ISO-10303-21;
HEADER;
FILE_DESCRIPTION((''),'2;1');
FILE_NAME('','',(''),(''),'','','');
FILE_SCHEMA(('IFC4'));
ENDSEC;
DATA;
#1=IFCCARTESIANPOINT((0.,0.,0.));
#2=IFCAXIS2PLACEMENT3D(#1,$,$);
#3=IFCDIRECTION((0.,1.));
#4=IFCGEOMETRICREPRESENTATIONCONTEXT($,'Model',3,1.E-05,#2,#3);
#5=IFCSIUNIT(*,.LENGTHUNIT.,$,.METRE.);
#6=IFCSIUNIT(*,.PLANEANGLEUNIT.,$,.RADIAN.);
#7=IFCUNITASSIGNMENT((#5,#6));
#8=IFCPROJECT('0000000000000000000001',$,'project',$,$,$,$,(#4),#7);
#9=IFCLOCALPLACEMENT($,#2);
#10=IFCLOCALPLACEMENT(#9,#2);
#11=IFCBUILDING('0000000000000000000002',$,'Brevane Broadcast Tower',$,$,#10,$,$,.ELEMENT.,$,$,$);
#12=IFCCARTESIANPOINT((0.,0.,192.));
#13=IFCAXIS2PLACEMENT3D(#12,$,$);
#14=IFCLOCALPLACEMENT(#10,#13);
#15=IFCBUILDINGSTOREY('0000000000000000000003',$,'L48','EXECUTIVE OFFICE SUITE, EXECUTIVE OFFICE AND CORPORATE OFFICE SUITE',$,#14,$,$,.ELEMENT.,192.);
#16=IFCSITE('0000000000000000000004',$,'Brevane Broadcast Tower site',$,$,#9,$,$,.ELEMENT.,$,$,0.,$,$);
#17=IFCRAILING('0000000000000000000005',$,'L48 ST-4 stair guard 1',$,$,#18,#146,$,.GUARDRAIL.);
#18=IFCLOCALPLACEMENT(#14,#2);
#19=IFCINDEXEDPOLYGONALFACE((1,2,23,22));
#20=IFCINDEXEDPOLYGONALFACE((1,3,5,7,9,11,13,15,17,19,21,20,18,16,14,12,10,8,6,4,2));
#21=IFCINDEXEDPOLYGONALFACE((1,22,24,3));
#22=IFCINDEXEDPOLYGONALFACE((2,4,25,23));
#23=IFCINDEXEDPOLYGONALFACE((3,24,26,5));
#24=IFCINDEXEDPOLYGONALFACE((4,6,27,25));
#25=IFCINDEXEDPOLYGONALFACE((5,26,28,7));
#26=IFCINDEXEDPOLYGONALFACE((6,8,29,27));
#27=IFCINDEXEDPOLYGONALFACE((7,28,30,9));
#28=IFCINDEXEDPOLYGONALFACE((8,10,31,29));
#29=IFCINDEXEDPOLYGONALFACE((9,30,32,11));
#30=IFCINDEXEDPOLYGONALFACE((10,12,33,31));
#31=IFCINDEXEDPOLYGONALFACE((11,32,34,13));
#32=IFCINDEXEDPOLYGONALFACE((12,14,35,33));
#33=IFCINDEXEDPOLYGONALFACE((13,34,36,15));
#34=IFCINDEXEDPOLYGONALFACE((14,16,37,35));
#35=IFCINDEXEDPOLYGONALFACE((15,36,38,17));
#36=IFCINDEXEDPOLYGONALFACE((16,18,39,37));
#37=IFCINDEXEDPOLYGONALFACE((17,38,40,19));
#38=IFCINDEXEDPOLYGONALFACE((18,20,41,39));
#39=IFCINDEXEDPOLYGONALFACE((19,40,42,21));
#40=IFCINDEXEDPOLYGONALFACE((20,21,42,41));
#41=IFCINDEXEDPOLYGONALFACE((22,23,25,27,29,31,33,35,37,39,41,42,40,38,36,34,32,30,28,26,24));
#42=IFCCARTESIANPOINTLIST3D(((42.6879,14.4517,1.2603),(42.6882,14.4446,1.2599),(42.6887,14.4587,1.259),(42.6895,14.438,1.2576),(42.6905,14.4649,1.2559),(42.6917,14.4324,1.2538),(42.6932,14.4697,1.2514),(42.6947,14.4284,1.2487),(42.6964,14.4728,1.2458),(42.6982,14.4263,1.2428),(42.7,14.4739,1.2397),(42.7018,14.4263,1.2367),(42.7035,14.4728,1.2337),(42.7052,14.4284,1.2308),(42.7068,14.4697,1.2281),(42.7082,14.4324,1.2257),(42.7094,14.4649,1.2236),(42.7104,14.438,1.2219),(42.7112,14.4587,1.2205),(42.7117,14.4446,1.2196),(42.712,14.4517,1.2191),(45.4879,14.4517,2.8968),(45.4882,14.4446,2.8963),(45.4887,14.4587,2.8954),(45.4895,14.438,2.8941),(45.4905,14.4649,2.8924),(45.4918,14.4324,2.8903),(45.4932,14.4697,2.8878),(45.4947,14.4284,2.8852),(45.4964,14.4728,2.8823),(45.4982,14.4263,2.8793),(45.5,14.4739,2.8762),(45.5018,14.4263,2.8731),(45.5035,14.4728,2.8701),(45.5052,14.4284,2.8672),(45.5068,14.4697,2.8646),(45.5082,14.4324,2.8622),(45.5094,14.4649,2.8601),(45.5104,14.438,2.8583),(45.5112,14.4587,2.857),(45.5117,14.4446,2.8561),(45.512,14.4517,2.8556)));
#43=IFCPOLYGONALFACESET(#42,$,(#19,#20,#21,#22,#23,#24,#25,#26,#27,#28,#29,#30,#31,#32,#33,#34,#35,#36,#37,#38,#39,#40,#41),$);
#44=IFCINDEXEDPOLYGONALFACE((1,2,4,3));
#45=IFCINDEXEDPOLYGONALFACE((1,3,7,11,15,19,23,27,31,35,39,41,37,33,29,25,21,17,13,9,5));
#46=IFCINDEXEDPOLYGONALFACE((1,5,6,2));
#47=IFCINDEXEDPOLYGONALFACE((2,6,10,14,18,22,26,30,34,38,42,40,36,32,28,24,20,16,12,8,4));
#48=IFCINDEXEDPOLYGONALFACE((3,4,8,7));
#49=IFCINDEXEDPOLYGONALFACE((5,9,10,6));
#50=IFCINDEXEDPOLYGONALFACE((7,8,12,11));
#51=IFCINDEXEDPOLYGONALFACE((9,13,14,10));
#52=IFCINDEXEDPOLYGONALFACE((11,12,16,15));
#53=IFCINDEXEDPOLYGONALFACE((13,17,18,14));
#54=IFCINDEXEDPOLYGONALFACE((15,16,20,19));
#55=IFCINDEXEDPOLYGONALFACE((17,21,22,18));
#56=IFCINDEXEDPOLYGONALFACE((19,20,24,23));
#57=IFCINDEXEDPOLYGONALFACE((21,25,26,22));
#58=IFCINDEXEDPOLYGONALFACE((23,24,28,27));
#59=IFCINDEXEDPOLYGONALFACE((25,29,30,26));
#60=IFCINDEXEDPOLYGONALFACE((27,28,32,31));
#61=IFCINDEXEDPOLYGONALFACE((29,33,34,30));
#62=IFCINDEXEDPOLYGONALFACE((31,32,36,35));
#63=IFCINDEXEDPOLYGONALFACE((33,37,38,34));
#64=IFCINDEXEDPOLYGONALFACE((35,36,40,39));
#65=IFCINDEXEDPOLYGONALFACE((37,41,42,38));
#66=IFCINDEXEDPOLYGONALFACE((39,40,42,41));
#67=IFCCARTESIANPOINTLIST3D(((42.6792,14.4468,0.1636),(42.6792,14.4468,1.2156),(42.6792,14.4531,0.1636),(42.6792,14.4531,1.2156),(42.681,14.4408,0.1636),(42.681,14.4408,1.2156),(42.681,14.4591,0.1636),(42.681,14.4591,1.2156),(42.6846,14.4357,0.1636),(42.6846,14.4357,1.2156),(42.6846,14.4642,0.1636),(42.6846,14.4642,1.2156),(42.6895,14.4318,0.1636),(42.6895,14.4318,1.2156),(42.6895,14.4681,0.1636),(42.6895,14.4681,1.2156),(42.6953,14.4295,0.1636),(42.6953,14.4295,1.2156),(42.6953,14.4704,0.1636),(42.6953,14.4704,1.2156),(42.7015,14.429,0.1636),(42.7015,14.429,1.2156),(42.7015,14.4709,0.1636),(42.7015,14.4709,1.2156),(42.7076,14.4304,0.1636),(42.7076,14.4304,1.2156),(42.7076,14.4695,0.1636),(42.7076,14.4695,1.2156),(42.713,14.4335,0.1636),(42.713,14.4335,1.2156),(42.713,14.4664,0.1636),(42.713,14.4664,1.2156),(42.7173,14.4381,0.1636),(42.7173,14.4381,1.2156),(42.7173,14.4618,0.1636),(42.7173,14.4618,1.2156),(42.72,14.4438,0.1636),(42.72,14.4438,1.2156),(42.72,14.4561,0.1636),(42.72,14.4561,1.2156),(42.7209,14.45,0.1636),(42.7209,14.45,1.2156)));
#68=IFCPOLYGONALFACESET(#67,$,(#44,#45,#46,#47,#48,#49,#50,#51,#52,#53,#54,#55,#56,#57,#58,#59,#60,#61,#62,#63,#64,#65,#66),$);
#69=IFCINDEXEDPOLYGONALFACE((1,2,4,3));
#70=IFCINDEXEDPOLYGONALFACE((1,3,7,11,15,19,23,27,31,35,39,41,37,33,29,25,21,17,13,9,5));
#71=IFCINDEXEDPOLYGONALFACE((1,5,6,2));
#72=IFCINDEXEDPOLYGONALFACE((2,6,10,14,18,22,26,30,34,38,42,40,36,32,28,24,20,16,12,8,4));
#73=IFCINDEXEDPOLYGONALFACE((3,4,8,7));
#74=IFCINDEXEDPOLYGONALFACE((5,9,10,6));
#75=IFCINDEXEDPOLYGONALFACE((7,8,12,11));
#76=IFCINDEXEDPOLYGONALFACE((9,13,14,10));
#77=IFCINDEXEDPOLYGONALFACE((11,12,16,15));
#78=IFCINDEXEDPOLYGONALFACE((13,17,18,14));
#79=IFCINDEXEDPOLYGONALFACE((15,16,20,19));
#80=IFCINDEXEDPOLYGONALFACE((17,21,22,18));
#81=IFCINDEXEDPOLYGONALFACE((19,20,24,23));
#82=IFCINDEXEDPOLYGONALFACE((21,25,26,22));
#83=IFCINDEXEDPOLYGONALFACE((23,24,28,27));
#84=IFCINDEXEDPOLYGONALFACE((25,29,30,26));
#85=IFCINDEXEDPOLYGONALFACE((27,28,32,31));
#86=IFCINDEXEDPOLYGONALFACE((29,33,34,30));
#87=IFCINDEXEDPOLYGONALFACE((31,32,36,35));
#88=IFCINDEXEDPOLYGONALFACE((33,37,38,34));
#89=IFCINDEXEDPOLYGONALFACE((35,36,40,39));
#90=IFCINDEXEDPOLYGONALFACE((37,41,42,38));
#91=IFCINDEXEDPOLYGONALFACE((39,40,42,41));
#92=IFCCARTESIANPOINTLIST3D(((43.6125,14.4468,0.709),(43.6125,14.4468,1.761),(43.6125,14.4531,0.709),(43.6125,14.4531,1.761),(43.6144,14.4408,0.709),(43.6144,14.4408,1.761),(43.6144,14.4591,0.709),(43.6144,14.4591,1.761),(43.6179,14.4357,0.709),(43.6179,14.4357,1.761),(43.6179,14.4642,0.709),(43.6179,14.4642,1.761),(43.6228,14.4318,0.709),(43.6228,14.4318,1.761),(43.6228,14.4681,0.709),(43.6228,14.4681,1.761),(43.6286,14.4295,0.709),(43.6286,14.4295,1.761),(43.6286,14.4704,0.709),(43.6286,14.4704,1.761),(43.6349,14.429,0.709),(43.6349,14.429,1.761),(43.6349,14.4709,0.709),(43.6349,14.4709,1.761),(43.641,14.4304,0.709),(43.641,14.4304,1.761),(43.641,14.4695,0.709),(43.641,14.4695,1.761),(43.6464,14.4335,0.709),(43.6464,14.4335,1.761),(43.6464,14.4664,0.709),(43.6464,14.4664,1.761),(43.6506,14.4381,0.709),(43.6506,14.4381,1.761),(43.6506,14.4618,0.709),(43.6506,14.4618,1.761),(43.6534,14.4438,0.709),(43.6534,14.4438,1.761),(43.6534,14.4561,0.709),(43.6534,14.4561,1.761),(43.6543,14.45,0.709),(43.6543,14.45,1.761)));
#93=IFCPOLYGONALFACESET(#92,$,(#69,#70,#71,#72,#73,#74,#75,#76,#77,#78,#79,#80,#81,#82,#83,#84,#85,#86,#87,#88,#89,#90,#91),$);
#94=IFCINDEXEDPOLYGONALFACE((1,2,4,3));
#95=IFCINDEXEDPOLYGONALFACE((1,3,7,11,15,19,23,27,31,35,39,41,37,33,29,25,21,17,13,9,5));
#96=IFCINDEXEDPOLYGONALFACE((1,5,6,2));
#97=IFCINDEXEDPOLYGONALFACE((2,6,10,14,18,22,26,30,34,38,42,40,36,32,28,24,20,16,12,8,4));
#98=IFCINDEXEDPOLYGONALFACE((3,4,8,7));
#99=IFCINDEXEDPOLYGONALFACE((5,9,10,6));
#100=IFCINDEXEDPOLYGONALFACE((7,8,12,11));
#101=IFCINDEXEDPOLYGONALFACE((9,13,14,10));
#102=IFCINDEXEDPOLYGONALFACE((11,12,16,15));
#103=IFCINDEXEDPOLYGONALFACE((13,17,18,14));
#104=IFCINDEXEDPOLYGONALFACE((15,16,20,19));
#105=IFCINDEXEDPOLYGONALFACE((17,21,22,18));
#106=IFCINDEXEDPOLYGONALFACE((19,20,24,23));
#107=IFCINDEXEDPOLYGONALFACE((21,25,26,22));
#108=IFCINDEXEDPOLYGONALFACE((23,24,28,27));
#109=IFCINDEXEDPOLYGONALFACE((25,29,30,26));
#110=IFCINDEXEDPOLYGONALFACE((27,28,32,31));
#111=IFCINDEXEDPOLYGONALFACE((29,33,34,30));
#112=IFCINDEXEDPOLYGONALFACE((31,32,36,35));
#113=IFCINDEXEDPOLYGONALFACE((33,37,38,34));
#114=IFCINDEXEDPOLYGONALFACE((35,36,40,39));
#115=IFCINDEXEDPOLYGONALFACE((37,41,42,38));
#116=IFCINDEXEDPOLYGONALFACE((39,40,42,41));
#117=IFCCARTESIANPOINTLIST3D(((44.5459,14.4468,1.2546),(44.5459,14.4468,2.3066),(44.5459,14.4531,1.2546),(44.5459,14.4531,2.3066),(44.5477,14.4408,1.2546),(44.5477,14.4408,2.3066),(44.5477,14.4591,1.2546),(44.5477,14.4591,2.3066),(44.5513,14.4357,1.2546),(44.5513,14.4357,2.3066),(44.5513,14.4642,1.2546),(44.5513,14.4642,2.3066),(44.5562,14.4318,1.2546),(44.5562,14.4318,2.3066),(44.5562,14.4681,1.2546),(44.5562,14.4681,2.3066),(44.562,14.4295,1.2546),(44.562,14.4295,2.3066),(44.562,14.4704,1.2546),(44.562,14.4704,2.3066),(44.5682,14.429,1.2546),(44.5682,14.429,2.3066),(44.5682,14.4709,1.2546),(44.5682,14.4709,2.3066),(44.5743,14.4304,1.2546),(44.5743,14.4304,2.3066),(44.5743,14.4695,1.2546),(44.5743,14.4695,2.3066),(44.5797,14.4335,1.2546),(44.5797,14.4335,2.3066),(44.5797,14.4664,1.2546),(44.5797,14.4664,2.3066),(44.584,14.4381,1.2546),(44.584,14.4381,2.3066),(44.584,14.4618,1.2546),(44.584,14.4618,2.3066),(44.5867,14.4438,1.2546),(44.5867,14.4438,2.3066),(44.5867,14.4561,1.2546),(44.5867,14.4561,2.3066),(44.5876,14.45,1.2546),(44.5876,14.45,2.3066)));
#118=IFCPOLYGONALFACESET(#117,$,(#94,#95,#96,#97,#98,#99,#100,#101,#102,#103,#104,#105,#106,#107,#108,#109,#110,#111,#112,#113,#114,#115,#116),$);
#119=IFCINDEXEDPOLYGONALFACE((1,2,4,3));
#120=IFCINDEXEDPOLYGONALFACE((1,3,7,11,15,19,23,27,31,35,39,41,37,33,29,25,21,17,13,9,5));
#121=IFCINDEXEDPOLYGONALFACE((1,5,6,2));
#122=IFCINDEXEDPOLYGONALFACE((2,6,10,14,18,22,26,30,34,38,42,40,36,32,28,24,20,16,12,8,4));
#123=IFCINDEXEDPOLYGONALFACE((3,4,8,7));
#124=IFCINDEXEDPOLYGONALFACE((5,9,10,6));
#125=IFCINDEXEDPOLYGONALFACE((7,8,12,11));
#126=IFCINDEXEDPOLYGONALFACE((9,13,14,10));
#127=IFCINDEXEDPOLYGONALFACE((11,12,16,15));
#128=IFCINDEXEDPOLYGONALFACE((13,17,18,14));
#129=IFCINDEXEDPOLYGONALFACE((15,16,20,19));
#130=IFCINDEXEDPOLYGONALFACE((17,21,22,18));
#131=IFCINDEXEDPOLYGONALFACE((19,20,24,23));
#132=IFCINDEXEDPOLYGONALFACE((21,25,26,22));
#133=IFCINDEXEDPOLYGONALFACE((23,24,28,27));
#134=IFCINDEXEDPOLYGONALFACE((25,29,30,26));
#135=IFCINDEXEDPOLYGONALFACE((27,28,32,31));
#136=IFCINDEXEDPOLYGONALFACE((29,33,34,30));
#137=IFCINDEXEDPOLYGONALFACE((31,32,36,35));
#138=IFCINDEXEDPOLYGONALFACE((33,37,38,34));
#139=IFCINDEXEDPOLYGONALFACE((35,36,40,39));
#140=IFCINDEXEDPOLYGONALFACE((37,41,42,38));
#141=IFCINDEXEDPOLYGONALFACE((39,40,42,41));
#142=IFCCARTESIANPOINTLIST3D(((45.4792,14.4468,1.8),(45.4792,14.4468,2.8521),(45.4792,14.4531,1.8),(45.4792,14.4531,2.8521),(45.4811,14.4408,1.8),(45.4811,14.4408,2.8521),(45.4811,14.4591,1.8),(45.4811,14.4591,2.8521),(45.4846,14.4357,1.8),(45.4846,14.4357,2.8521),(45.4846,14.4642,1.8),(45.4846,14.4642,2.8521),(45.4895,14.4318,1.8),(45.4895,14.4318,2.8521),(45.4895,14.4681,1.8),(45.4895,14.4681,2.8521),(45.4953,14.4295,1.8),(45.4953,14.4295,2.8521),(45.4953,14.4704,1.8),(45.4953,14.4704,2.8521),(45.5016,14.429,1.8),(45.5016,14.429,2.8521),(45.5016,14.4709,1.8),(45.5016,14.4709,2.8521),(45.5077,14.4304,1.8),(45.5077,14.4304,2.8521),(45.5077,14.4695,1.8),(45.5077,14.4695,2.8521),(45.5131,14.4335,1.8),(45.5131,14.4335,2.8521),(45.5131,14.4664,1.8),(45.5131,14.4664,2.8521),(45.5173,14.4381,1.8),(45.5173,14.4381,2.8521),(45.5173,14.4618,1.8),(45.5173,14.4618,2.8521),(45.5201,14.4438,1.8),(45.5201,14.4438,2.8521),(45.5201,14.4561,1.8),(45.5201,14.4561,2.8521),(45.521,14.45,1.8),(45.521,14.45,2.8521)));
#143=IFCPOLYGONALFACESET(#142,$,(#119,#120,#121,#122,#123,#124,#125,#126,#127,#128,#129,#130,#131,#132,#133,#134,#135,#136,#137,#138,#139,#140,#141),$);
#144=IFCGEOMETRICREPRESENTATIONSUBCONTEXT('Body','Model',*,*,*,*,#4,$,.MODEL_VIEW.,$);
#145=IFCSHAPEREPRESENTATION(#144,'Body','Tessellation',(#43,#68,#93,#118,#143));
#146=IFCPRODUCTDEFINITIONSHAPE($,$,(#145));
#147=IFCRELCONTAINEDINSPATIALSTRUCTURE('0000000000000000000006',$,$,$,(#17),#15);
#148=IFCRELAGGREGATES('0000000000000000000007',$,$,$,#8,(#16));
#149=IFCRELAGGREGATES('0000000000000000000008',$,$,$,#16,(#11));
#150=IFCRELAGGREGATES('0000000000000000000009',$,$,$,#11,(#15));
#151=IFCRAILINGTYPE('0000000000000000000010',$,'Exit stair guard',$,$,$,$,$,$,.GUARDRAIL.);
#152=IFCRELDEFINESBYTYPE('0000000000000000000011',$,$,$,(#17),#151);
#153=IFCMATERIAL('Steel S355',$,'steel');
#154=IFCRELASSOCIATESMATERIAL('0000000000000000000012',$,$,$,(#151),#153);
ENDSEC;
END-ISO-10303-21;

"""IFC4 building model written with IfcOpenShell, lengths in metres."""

from ifc_helpers import new_model, si_unit, direction, frame, origin, origin_2d, place, context, subcontext, project, spatial, circle, extrude, material, type_object, element, save


model = new_model("IFC4")

# Units and contexts
model_context = context("Model", 3, precision=1e-05, world=origin(), true_north=direction((0.0, 1.0)))
body_context = subcontext(model_context, "Body", "Model", "MODEL_VIEW")
ifc_project = project(units=[si_unit("LENGTHUNIT", "METRE"), si_unit("PLANEANGLEUNIT", "RADIAN")], contexts=[model_context])

# Site, building, storey
site_placement = place(None, origin())
site = spatial("IfcSite", under=ifc_project, at=site_placement, Name="Brevane Broadcast Tower site", CompositionType="ELEMENT", RefElevation=0.0)
building_placement = place(site_placement, origin())
building = spatial("IfcBuilding", under=site, at=building_placement, Name="Brevane Broadcast Tower", CompositionType="ELEMENT")
storey_placement = place(building_placement, frame((0.0, 0.0, 192.0)))
storey = spatial("IfcBuildingStorey", under=building, at=storey_placement, Name="L48", Description="EXECUTIVE OFFICE SUITE, EXECUTIVE OFFICE AND CORPORATE OFFICE SUITE", CompositionType="ELEMENT", Elevation=192.0)

# Railing
ifc_material_1 = material(Name="Steel S355", Category="steel")
railing_type_1 = type_object("IfcRailingType", Name="Exit stair guard", PredefinedType="GUARDRAIL", material=ifc_material_1)
railing_1_placement = place(storey_placement, frame((42.7, 14.45, 0.1636)))
element("IfcRailing", 1, at=railing_1_placement, inside=storey, type_object=railing_type_1, Name="L48 ST-4 stair guard 1", PredefinedType="GUARDRAIL", context=body_context, shape_type="SweptSolid", body=[
    extrude(circle(Radius=0.0239, at=origin_2d()), frame((0.0, 0.0, 1.0762), z_axis=(0.863361, 0.0, 0.504587), x_axis=(0.0, 1.0, 0.0)), (0.0, 0.0, 1.0), 3.2432),
    extrude(circle(Radius=0.021, at=origin_2d()), origin(), (0.0, 0.0, 1.0), 1.052),
    extrude(circle(Radius=0.021, at=origin_2d()), frame((0.9333, 0.0, 0.5454)), (0.0, 0.0, 1.0), 1.052),
    extrude(circle(Radius=0.021, at=origin_2d()), frame((1.8667, 0.0, 1.0911)), (0.0, 0.0, 1.0), 1.052),
    extrude(circle(Radius=0.021, at=origin_2d()), frame((2.8, 0.0, 1.6365)), (0.0, 0.0, 1.0), 1.052),
])

save(model, "model.ifc")
